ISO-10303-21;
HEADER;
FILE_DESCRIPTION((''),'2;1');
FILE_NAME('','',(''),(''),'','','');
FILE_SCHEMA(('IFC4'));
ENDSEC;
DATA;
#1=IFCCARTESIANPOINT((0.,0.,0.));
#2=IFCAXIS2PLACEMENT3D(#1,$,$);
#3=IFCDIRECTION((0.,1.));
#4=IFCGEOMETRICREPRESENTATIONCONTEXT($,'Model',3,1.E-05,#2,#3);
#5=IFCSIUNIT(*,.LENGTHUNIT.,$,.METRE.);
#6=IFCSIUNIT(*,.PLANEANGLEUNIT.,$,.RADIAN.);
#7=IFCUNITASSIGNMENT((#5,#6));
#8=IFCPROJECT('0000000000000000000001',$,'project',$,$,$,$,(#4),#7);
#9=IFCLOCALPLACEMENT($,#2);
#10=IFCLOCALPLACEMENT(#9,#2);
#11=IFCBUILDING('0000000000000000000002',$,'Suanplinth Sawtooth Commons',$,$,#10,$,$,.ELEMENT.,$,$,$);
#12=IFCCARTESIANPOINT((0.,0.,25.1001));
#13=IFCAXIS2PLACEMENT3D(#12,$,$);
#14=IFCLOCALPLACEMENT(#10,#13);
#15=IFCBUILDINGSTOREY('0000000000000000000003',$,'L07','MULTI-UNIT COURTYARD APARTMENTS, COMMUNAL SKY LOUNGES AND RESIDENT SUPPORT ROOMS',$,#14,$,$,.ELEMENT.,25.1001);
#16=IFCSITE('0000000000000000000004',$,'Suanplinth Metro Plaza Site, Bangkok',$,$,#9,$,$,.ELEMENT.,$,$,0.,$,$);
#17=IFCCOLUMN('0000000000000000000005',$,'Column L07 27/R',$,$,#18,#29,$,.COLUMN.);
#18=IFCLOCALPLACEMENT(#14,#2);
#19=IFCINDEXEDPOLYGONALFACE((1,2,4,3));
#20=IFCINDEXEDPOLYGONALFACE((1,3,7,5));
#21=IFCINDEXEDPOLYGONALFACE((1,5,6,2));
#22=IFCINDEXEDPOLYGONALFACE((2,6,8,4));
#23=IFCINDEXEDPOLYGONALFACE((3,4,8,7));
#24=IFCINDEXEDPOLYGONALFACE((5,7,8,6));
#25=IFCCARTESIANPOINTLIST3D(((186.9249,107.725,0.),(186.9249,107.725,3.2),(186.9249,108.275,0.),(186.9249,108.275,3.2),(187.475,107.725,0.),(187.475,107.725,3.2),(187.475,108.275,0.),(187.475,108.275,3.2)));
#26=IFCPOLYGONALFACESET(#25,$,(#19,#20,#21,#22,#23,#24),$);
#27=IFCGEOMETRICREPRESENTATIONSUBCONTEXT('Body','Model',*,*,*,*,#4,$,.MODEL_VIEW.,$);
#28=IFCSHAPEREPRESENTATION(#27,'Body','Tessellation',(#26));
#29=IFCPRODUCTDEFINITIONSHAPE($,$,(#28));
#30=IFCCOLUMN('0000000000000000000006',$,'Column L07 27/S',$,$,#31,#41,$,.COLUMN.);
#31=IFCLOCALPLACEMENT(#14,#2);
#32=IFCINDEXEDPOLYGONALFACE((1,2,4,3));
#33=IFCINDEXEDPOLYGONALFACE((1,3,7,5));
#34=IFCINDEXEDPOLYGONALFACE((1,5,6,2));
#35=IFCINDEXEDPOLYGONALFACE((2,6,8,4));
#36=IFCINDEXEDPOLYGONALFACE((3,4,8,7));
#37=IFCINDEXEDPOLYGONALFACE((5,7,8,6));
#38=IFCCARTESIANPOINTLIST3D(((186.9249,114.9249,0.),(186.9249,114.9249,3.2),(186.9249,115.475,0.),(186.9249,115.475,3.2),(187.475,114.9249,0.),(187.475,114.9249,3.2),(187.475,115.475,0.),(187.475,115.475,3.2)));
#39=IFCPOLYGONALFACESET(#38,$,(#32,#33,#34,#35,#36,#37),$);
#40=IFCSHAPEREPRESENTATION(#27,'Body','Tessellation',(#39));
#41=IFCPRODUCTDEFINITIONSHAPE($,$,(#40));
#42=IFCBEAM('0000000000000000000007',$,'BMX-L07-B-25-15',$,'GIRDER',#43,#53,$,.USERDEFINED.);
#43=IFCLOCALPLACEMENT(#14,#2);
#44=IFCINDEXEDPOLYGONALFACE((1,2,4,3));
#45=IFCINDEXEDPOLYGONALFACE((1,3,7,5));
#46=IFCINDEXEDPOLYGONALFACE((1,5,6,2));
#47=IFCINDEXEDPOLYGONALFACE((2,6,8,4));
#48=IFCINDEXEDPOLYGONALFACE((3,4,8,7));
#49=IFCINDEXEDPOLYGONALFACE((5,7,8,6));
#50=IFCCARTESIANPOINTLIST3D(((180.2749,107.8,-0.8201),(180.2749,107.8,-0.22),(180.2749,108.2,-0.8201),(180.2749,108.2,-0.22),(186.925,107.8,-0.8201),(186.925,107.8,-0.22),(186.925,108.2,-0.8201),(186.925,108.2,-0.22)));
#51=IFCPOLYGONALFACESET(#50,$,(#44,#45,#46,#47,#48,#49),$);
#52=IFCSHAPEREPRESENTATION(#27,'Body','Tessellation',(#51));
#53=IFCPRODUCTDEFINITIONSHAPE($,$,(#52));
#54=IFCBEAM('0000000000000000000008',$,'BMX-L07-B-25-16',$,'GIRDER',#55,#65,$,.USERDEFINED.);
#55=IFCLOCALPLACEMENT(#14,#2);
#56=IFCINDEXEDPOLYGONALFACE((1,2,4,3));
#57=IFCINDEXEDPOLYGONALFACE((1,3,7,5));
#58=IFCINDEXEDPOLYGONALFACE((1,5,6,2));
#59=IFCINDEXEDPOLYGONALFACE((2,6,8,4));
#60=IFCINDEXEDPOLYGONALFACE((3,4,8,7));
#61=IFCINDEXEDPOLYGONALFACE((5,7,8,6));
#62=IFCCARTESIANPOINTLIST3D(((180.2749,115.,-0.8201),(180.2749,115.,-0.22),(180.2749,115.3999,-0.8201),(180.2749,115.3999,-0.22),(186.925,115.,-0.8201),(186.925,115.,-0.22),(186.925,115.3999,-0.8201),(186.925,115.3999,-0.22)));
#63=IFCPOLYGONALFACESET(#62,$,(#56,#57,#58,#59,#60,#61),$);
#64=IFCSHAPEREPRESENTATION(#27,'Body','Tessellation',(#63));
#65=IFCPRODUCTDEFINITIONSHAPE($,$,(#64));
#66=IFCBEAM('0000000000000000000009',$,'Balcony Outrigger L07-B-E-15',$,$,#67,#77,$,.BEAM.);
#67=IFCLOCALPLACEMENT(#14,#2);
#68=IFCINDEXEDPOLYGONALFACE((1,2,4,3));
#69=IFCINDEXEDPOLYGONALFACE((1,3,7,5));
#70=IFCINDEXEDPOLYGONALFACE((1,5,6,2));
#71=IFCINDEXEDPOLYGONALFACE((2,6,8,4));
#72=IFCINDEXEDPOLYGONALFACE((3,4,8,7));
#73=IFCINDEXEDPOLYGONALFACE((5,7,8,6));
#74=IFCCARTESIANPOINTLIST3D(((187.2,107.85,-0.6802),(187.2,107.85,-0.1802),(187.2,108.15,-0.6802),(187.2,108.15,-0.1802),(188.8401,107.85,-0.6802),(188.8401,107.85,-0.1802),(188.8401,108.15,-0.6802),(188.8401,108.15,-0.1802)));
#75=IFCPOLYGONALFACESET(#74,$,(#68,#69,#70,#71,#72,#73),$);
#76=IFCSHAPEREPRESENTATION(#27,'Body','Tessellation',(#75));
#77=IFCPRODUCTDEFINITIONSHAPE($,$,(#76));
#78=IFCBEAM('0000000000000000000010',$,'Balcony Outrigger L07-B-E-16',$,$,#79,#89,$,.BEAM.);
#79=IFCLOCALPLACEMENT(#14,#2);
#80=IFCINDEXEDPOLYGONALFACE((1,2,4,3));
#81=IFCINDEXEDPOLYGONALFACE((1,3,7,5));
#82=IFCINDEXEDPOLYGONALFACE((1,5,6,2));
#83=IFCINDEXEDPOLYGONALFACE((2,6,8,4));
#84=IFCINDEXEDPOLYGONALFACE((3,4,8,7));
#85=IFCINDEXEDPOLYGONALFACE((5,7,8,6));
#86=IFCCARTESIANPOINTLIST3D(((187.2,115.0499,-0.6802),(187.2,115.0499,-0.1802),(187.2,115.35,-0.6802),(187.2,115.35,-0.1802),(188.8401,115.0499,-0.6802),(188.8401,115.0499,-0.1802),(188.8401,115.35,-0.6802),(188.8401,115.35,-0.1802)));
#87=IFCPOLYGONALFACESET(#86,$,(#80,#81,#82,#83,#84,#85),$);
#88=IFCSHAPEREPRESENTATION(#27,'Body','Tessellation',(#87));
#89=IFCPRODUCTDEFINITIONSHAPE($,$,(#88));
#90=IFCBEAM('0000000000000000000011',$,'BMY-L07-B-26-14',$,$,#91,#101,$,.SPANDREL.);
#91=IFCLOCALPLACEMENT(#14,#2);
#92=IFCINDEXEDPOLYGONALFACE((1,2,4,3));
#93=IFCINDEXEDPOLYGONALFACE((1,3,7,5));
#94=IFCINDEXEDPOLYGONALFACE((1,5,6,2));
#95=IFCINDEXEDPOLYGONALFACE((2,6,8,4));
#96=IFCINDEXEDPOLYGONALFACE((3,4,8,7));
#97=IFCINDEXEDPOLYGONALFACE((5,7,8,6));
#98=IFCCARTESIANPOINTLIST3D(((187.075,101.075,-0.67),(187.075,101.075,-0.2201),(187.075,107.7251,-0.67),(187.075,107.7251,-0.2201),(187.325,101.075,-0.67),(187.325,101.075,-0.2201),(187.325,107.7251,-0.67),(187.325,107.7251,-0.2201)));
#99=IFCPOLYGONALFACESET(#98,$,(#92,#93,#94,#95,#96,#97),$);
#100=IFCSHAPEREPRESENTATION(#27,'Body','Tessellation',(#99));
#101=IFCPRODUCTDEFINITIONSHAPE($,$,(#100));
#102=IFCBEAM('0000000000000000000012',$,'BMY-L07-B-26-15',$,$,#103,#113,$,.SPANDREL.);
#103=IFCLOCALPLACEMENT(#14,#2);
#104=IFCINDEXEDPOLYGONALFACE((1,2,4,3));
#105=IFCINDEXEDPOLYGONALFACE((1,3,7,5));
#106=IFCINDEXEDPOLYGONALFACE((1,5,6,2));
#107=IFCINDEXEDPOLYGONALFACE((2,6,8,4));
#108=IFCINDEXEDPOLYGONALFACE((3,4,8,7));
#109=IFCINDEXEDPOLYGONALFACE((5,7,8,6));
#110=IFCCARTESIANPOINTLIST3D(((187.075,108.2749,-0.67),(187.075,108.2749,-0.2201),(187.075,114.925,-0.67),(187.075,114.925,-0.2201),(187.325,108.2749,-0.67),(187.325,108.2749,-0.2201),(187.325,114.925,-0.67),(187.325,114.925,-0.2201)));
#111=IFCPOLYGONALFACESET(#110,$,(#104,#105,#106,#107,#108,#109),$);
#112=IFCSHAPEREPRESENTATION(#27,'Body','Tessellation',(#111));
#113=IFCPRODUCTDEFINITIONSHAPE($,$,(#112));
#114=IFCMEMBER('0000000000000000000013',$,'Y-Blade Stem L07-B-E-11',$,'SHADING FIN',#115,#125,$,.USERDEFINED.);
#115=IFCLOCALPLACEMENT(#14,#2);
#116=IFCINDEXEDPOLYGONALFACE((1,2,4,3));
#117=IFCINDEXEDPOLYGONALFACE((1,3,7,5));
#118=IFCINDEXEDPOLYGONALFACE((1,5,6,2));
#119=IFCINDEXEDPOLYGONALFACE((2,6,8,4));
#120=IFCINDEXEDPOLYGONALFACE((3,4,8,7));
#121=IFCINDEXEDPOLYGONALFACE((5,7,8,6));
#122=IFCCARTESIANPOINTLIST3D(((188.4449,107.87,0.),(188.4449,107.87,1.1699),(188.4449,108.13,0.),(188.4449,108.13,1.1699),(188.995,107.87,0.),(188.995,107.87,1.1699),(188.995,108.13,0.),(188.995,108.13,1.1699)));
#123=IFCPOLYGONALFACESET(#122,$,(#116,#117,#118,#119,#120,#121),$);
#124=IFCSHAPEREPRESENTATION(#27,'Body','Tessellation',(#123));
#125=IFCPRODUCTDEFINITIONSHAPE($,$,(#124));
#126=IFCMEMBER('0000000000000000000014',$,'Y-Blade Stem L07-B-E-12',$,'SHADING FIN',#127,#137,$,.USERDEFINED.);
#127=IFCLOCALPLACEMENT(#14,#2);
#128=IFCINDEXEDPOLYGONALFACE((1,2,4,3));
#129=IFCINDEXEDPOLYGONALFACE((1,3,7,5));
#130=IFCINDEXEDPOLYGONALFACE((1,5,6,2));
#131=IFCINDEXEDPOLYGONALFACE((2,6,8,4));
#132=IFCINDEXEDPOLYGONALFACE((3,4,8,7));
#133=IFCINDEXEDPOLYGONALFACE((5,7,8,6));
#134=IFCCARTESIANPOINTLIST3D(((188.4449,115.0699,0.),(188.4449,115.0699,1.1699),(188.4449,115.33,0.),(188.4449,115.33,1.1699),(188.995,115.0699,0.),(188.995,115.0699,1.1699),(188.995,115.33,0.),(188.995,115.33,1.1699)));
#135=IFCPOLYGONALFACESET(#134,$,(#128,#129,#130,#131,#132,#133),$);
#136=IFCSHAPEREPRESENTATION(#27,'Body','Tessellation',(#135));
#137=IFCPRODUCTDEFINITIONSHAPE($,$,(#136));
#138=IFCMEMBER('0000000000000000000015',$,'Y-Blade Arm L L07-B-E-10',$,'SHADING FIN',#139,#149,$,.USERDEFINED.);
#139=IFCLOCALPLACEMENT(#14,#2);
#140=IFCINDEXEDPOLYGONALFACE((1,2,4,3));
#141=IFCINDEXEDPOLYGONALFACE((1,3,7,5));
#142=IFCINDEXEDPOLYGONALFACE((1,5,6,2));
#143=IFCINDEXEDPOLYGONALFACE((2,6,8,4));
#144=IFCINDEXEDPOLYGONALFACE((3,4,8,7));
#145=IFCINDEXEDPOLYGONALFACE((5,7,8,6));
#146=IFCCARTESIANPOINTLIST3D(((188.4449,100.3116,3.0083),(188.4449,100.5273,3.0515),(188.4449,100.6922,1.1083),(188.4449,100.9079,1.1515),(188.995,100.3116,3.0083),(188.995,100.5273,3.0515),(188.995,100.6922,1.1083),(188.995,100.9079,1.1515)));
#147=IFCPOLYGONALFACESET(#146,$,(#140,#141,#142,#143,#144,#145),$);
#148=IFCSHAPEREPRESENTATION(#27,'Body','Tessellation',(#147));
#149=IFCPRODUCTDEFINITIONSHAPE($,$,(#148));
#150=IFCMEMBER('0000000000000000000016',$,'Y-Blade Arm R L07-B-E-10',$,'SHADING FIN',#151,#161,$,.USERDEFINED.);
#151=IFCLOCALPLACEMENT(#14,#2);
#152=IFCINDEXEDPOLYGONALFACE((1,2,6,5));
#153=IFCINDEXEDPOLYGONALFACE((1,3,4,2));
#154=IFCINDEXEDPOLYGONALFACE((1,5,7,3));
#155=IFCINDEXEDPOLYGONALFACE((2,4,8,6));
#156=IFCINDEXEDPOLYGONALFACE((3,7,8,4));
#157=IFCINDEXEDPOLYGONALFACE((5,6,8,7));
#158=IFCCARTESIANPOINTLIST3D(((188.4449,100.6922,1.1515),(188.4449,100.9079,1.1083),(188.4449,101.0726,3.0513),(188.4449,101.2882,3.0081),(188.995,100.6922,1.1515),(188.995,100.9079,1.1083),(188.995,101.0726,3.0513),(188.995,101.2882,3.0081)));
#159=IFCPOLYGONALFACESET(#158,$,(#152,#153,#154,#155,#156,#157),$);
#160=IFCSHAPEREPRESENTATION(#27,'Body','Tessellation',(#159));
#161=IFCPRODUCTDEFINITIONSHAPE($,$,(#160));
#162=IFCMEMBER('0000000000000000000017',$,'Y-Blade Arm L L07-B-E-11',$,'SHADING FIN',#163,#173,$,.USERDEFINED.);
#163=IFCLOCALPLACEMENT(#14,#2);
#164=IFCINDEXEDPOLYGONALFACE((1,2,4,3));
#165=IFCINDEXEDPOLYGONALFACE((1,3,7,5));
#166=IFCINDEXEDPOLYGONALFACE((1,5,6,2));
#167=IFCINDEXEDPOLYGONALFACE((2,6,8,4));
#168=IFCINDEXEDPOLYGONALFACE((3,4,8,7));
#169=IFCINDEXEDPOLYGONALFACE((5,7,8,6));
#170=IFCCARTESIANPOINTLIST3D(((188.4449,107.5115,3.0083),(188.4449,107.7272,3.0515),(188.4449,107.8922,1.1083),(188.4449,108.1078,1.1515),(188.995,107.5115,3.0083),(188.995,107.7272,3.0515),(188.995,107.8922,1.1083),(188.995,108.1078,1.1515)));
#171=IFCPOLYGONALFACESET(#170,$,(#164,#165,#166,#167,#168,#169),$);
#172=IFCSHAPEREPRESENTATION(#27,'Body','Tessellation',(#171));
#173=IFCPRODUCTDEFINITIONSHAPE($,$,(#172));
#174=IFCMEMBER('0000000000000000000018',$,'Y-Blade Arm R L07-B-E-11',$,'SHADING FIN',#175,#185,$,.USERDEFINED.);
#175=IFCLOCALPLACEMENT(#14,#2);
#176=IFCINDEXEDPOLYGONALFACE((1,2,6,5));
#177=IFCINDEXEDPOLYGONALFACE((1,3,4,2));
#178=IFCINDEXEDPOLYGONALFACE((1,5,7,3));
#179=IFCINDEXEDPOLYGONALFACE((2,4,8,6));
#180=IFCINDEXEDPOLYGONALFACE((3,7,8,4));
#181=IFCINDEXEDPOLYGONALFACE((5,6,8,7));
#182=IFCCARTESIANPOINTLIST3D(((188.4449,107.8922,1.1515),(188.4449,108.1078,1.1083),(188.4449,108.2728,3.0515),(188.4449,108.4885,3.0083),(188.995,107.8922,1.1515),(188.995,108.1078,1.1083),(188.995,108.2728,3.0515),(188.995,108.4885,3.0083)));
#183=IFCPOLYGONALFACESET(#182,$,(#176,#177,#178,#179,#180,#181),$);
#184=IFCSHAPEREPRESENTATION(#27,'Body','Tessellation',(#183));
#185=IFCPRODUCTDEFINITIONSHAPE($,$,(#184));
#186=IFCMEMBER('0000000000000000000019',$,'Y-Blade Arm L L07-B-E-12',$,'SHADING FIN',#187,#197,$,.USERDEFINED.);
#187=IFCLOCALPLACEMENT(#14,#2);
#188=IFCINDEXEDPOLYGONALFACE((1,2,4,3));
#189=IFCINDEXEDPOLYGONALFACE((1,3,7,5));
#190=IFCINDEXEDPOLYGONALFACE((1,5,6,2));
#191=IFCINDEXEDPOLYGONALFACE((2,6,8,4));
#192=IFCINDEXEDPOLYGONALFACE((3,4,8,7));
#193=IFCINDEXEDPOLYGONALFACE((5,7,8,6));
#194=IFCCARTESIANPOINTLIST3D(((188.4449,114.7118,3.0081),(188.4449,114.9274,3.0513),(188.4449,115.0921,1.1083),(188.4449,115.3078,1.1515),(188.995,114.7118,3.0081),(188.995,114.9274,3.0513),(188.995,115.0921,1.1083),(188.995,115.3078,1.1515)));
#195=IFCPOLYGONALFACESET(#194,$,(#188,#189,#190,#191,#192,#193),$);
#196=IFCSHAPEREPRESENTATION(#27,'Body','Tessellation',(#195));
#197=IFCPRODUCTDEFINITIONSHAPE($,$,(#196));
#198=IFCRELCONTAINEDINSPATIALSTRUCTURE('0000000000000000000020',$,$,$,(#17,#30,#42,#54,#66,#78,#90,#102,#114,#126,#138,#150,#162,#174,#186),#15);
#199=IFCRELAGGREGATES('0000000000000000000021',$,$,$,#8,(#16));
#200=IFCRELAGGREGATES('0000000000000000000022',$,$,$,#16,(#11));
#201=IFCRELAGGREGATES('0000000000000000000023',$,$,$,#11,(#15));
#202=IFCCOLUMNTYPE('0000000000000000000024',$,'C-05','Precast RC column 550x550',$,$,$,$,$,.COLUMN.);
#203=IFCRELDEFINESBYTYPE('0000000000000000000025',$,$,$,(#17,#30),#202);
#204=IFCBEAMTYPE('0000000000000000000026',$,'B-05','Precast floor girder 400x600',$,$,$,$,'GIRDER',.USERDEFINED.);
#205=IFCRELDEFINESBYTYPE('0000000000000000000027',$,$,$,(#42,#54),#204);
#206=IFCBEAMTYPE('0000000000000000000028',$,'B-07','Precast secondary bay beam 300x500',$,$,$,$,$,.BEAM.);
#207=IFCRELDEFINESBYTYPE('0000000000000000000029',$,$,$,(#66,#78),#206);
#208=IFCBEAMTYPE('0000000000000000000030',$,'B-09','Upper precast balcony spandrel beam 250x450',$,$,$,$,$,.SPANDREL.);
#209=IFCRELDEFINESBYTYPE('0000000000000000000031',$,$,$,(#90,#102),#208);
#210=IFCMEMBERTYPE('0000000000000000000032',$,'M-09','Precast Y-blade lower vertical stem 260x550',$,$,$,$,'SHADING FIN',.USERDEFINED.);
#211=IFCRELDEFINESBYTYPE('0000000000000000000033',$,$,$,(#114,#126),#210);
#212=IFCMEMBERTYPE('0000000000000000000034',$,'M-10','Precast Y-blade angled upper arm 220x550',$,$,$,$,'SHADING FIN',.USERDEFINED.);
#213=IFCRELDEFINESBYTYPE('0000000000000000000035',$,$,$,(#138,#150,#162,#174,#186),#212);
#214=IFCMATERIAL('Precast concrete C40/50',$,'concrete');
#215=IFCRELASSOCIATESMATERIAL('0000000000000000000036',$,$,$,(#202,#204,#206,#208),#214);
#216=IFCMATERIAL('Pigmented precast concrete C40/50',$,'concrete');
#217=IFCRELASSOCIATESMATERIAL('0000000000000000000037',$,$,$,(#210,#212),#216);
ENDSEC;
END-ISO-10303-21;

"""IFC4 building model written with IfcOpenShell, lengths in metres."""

from ifc_helpers import new_model, si_unit, direction, frame, origin, origin_2d, place, context, subcontext, project, spatial, rectangle, extrude, material, material_profile, profile_set, type_object, element, save


model = new_model("IFC4")

# Units and contexts
model_context = context("Model", 3, precision=1e-05, world=origin(), true_north=direction((0.0, 1.0)))
body_context = subcontext(model_context, "Body", "Model", "MODEL_VIEW")
ifc_project = project(units=[si_unit("LENGTHUNIT", "METRE"), si_unit("PLANEANGLEUNIT", "RADIAN")], contexts=[model_context])

# Site, building, storey
site_placement = place(None, origin())
site = spatial("IfcSite", under=ifc_project, at=site_placement, Name="Suanplinth Metro Plaza Site, Bangkok", CompositionType="ELEMENT", RefElevation=0.0)
building_placement = place(site_placement, origin())
building = spatial("IfcBuilding", under=site, at=building_placement, Name="Suanplinth Sawtooth Commons", CompositionType="ELEMENT")
storey_placement = place(building_placement, frame((0.0, 0.0, 25.1001)))
storey = spatial("IfcBuildingStorey", under=building, at=storey_placement, Name="L07", Description="MULTI-UNIT COURTYARD APARTMENTS, COMMUNAL SKY LOUNGES AND RESIDENT SUPPORT ROOMS", CompositionType="ELEMENT", Elevation=25.1001)

# Columns
ifc_material_1 = material(Name="Precast concrete C40/50", Category="concrete")
ifc_material_profile_1 = material_profile(ifc_material_1, rectangle(XDim=0.55, YDim=0.55, at=origin_2d()), Name="PC-COL 550x550")
ifc_profile_set_1 = profile_set([ifc_material_profile_1], Name="Precast concrete C40/50")
column_type = type_object("IfcColumnType", Name="C-05", Description="Precast RC column 550x550", PredefinedType="COLUMN", material=ifc_profile_set_1)
for number, where, z_axis, x_axis, name in (
    (1, (187.2, 108.0, 0.0), (0.0, 0.0, 1.0), (1.0, 0.0, 0.0), "Column L07 27/R"),
    (2, (187.2, 115.2, 0.0), (0.0, 0.0, 1.0), (1.0, 0.0, 0.0), "Column L07 27/S"),
):
    element("IfcColumn", number, at=place(storey_placement, frame(where, z_axis=z_axis, x_axis=x_axis)), inside=storey, type_object=column_type, Name=name, PredefinedType="COLUMN", context=body_context, shape_type="SweptSolid", body=[
        extrude(rectangle(XDim=0.55, YDim=0.55, at=origin_2d()), origin(), (0.0, 0.0, 1.0), 3.2),
    ])

# Beams
ifc_material_profile_2 = material_profile(ifc_material_1, rectangle(XDim=0.3999, YDim=0.6001, at=origin_2d()), Name="PC-GDR 400x600")
ifc_profile_set_2 = profile_set([ifc_material_profile_2], Name="Precast concrete C40/50")
beam_type_1 = type_object("IfcBeamType", Name="B-05", Description="Precast floor girder 400x600", ElementType="GIRDER", PredefinedType="USERDEFINED", material=ifc_profile_set_2)
for number, where, z_axis, x_axis, name in (
    (3, (180.2749, 108.0, -0.52), (1.0, 0.0, 0.0), (0.0, 1.0, 0.0), "BMX-L07-B-25-15"),
    (4, (180.2749, 115.2, -0.52), (1.0, 0.0, 0.0), (0.0, 1.0, 0.0), "BMX-L07-B-25-16"),
):
    element("IfcBeam", number, at=place(storey_placement, frame(where, z_axis=z_axis, x_axis=x_axis)), inside=storey, type_object=beam_type_1, Name=name, ObjectType="GIRDER", PredefinedType="USERDEFINED", context=body_context, shape_type="SweptSolid", body=[
        extrude(rectangle(XDim=0.3999, YDim=0.6001, at=origin_2d()), origin(), (0.0, 0.0, 1.0), 6.6501),
    ])
ifc_material_profile_3 = material_profile(ifc_material_1, rectangle(XDim=0.3, YDim=0.5, at=origin_2d()), Name="PC-BM 300x500")
ifc_profile_set_3 = profile_set([ifc_material_profile_3], Name="Precast concrete C40/50")
beam_type_2 = type_object("IfcBeamType", Name="B-07", Description="Precast secondary bay beam 300x500", PredefinedType="BEAM", material=ifc_profile_set_3)
for number, where, z_axis, x_axis, name in (
    (5, (187.2, 108.0, -0.4302), (1.0, 0.0, 0.0), (0.0, 1.0, 0.0), "Balcony Outrigger L07-B-E-15"),
    (6, (187.2, 115.2, -0.4302), (1.0, 0.0, 0.0), (0.0, 1.0, 0.0), "Balcony Outrigger L07-B-E-16"),
):
    element("IfcBeam", number, at=place(storey_placement, frame(where, z_axis=z_axis, x_axis=x_axis)), inside=storey, type_object=beam_type_2, Name=name, PredefinedType="BEAM", context=body_context, shape_type="SweptSolid", body=[
        extrude(rectangle(XDim=0.3, YDim=0.5, at=origin_2d()), origin(), (0.0, 0.0, 1.0), 1.6401),
    ])
ifc_material_profile_4 = material_profile(ifc_material_1, rectangle(XDim=0.25, YDim=0.45, at=origin_2d()), Name="PC-SP 250x450")
ifc_profile_set_4 = profile_set([ifc_material_profile_4], Name="Precast concrete C40/50")
beam_type_3 = type_object("IfcBeamType", Name="B-09", Description="Upper precast balcony spandrel beam 250x450", PredefinedType="SPANDREL", material=ifc_profile_set_4)
for number, where, z_axis, x_axis, name in (
    (7, (187.2, 101.075, -0.4451), (0.0, 1.0, 0.0), (-1.0, 0.0, 0.0), "BMY-L07-B-26-14"),
    (8, (187.2, 108.2749, -0.4451), (0.0, 1.0, 0.0), (-1.0, 0.0, 0.0), "BMY-L07-B-26-15"),
):
    element("IfcBeam", number, at=place(storey_placement, frame(where, z_axis=z_axis, x_axis=x_axis)), inside=storey, type_object=beam_type_3, Name=name, PredefinedType="SPANDREL", context=body_context, shape_type="SweptSolid", body=[
        extrude(rectangle(XDim=0.25, YDim=0.45, at=origin_2d()), origin(), (0.0, 0.0, 1.0), 6.6501),
    ])

# Members
ifc_material_2 = material(Name="Pigmented precast concrete C40/50", Category="concrete")
ifc_material_profile_5 = material_profile(ifc_material_2, rectangle(XDim=0.26, YDim=0.55, at=origin_2d()), Name="PC-FIN 260x550")
ifc_profile_set_5 = profile_set([ifc_material_profile_5], Name="Pigmented precast concrete C40/50")
member_type_1 = type_object("IfcMemberType", Name="M-09", Description="Precast Y-blade lower vertical stem 260x550", ElementType="SHADING FIN", PredefinedType="USERDEFINED", material=ifc_profile_set_5)
for number, where, z_axis, x_axis, name in (
    (9, (188.72, 108.0, 0.0), (0.0, 0.0, 1.0), (0.0, 1.0, 0.0), "Y-Blade Stem L07-B-E-11"),
    (10, (188.72, 115.2, 0.0), (0.0, 0.0, 1.0), (0.0, 1.0, 0.0), "Y-Blade Stem L07-B-E-12"),
):
    element("IfcMember", number, at=place(storey_placement, frame(where, z_axis=z_axis, x_axis=x_axis)), inside=storey, type_object=member_type_1, Name=name, ObjectType="SHADING FIN", PredefinedType="USERDEFINED", context=body_context, shape_type="SweptSolid", body=[
        extrude(rectangle(XDim=0.26, YDim=0.55, at=origin_2d()), origin(), (0.0, 0.0, 1.0), 1.1699),
    ])
ifc_material_profile_6 = material_profile(ifc_material_2, rectangle(XDim=0.22, YDim=0.55, at=origin_2d()), Name="PC-FIN 220x550")
ifc_profile_set_6 = profile_set([ifc_material_profile_6], Name="Pigmented precast concrete C40/50")
member_type_2 = type_object("IfcMemberType", Name="M-10", Description="Precast Y-blade angled upper arm 220x550", ElementType="SHADING FIN", PredefinedType="USERDEFINED", material=ifc_profile_set_6)
member_1_placement = place(storey_placement, frame((188.72, 100.8, 1.1299), z_axis=(0.0, -0.196431, 0.980518), x_axis=(0.0, 0.980518, 0.196431)))
element("IfcMember", 11, at=member_1_placement, inside=storey, type_object=member_type_2, Name="Y-Blade Arm L L07-B-E-10", ObjectType="SHADING FIN", PredefinedType="USERDEFINED", context=body_context, shape_type="SweptSolid", body=[
    extrude(rectangle(XDim=0.22, YDim=0.55, at=origin_2d()), origin(), (0.0, 0.0, 1.0), 1.9377),
])
member_2_placement = place(storey_placement, frame((188.72, 100.8, 1.1299), z_axis=(0.0, 0.19631, 0.980542), x_axis=(0.0, -0.980542, 0.19631)))
element("IfcMember", 12, at=member_2_placement, inside=storey, type_object=member_type_2, Name="Y-Blade Arm R L07-B-E-10", ObjectType="SHADING FIN", PredefinedType="USERDEFINED", context=body_context, shape_type="SweptSolid", body=[
    extrude(rectangle(XDim=0.22, YDim=0.55, at=origin_2d()), origin(), (0.0, 0.0, 1.0), 1.9375),
])
for number, where, z_axis, x_axis, name in (
    (13, (188.72, 108.0, 1.1299), (0.0, -0.196431, 0.980518), (0.0, 0.980518, 0.196431), "Y-Blade Arm L L07-B-E-11"),
    (14, (188.72, 108.0, 1.1299), (0.0, 0.196431, 0.980518), (0.0, -0.980518, 0.196431), "Y-Blade Arm R L07-B-E-11"),
):
    element("IfcMember", number, at=place(storey_placement, frame(where, z_axis=z_axis, x_axis=x_axis)), inside=storey, type_object=member_type_2, Name=name, ObjectType="SHADING FIN", PredefinedType="USERDEFINED", context=body_context, shape_type="SweptSolid", body=[
        extrude(rectangle(XDim=0.22, YDim=0.55, at=origin_2d()), origin(), (0.0, 0.0, 1.0), 1.9377),
    ])
member_3_placement = place(storey_placement, frame((188.72, 115.2, 1.1299), z_axis=(0.0, -0.19631, 0.980542), x_axis=(0.0, 0.980542, 0.19631)))
element("IfcMember", 15, at=member_3_placement, inside=storey, type_object=member_type_2, Name="Y-Blade Arm L L07-B-E-12", ObjectType="SHADING FIN", PredefinedType="USERDEFINED", context=body_context, shape_type="SweptSolid", body=[
    extrude(rectangle(XDim=0.22, YDim=0.55, at=origin_2d()), origin(), (0.0, 0.0, 1.0), 1.9375),
])

save(model, "model.ifc")
